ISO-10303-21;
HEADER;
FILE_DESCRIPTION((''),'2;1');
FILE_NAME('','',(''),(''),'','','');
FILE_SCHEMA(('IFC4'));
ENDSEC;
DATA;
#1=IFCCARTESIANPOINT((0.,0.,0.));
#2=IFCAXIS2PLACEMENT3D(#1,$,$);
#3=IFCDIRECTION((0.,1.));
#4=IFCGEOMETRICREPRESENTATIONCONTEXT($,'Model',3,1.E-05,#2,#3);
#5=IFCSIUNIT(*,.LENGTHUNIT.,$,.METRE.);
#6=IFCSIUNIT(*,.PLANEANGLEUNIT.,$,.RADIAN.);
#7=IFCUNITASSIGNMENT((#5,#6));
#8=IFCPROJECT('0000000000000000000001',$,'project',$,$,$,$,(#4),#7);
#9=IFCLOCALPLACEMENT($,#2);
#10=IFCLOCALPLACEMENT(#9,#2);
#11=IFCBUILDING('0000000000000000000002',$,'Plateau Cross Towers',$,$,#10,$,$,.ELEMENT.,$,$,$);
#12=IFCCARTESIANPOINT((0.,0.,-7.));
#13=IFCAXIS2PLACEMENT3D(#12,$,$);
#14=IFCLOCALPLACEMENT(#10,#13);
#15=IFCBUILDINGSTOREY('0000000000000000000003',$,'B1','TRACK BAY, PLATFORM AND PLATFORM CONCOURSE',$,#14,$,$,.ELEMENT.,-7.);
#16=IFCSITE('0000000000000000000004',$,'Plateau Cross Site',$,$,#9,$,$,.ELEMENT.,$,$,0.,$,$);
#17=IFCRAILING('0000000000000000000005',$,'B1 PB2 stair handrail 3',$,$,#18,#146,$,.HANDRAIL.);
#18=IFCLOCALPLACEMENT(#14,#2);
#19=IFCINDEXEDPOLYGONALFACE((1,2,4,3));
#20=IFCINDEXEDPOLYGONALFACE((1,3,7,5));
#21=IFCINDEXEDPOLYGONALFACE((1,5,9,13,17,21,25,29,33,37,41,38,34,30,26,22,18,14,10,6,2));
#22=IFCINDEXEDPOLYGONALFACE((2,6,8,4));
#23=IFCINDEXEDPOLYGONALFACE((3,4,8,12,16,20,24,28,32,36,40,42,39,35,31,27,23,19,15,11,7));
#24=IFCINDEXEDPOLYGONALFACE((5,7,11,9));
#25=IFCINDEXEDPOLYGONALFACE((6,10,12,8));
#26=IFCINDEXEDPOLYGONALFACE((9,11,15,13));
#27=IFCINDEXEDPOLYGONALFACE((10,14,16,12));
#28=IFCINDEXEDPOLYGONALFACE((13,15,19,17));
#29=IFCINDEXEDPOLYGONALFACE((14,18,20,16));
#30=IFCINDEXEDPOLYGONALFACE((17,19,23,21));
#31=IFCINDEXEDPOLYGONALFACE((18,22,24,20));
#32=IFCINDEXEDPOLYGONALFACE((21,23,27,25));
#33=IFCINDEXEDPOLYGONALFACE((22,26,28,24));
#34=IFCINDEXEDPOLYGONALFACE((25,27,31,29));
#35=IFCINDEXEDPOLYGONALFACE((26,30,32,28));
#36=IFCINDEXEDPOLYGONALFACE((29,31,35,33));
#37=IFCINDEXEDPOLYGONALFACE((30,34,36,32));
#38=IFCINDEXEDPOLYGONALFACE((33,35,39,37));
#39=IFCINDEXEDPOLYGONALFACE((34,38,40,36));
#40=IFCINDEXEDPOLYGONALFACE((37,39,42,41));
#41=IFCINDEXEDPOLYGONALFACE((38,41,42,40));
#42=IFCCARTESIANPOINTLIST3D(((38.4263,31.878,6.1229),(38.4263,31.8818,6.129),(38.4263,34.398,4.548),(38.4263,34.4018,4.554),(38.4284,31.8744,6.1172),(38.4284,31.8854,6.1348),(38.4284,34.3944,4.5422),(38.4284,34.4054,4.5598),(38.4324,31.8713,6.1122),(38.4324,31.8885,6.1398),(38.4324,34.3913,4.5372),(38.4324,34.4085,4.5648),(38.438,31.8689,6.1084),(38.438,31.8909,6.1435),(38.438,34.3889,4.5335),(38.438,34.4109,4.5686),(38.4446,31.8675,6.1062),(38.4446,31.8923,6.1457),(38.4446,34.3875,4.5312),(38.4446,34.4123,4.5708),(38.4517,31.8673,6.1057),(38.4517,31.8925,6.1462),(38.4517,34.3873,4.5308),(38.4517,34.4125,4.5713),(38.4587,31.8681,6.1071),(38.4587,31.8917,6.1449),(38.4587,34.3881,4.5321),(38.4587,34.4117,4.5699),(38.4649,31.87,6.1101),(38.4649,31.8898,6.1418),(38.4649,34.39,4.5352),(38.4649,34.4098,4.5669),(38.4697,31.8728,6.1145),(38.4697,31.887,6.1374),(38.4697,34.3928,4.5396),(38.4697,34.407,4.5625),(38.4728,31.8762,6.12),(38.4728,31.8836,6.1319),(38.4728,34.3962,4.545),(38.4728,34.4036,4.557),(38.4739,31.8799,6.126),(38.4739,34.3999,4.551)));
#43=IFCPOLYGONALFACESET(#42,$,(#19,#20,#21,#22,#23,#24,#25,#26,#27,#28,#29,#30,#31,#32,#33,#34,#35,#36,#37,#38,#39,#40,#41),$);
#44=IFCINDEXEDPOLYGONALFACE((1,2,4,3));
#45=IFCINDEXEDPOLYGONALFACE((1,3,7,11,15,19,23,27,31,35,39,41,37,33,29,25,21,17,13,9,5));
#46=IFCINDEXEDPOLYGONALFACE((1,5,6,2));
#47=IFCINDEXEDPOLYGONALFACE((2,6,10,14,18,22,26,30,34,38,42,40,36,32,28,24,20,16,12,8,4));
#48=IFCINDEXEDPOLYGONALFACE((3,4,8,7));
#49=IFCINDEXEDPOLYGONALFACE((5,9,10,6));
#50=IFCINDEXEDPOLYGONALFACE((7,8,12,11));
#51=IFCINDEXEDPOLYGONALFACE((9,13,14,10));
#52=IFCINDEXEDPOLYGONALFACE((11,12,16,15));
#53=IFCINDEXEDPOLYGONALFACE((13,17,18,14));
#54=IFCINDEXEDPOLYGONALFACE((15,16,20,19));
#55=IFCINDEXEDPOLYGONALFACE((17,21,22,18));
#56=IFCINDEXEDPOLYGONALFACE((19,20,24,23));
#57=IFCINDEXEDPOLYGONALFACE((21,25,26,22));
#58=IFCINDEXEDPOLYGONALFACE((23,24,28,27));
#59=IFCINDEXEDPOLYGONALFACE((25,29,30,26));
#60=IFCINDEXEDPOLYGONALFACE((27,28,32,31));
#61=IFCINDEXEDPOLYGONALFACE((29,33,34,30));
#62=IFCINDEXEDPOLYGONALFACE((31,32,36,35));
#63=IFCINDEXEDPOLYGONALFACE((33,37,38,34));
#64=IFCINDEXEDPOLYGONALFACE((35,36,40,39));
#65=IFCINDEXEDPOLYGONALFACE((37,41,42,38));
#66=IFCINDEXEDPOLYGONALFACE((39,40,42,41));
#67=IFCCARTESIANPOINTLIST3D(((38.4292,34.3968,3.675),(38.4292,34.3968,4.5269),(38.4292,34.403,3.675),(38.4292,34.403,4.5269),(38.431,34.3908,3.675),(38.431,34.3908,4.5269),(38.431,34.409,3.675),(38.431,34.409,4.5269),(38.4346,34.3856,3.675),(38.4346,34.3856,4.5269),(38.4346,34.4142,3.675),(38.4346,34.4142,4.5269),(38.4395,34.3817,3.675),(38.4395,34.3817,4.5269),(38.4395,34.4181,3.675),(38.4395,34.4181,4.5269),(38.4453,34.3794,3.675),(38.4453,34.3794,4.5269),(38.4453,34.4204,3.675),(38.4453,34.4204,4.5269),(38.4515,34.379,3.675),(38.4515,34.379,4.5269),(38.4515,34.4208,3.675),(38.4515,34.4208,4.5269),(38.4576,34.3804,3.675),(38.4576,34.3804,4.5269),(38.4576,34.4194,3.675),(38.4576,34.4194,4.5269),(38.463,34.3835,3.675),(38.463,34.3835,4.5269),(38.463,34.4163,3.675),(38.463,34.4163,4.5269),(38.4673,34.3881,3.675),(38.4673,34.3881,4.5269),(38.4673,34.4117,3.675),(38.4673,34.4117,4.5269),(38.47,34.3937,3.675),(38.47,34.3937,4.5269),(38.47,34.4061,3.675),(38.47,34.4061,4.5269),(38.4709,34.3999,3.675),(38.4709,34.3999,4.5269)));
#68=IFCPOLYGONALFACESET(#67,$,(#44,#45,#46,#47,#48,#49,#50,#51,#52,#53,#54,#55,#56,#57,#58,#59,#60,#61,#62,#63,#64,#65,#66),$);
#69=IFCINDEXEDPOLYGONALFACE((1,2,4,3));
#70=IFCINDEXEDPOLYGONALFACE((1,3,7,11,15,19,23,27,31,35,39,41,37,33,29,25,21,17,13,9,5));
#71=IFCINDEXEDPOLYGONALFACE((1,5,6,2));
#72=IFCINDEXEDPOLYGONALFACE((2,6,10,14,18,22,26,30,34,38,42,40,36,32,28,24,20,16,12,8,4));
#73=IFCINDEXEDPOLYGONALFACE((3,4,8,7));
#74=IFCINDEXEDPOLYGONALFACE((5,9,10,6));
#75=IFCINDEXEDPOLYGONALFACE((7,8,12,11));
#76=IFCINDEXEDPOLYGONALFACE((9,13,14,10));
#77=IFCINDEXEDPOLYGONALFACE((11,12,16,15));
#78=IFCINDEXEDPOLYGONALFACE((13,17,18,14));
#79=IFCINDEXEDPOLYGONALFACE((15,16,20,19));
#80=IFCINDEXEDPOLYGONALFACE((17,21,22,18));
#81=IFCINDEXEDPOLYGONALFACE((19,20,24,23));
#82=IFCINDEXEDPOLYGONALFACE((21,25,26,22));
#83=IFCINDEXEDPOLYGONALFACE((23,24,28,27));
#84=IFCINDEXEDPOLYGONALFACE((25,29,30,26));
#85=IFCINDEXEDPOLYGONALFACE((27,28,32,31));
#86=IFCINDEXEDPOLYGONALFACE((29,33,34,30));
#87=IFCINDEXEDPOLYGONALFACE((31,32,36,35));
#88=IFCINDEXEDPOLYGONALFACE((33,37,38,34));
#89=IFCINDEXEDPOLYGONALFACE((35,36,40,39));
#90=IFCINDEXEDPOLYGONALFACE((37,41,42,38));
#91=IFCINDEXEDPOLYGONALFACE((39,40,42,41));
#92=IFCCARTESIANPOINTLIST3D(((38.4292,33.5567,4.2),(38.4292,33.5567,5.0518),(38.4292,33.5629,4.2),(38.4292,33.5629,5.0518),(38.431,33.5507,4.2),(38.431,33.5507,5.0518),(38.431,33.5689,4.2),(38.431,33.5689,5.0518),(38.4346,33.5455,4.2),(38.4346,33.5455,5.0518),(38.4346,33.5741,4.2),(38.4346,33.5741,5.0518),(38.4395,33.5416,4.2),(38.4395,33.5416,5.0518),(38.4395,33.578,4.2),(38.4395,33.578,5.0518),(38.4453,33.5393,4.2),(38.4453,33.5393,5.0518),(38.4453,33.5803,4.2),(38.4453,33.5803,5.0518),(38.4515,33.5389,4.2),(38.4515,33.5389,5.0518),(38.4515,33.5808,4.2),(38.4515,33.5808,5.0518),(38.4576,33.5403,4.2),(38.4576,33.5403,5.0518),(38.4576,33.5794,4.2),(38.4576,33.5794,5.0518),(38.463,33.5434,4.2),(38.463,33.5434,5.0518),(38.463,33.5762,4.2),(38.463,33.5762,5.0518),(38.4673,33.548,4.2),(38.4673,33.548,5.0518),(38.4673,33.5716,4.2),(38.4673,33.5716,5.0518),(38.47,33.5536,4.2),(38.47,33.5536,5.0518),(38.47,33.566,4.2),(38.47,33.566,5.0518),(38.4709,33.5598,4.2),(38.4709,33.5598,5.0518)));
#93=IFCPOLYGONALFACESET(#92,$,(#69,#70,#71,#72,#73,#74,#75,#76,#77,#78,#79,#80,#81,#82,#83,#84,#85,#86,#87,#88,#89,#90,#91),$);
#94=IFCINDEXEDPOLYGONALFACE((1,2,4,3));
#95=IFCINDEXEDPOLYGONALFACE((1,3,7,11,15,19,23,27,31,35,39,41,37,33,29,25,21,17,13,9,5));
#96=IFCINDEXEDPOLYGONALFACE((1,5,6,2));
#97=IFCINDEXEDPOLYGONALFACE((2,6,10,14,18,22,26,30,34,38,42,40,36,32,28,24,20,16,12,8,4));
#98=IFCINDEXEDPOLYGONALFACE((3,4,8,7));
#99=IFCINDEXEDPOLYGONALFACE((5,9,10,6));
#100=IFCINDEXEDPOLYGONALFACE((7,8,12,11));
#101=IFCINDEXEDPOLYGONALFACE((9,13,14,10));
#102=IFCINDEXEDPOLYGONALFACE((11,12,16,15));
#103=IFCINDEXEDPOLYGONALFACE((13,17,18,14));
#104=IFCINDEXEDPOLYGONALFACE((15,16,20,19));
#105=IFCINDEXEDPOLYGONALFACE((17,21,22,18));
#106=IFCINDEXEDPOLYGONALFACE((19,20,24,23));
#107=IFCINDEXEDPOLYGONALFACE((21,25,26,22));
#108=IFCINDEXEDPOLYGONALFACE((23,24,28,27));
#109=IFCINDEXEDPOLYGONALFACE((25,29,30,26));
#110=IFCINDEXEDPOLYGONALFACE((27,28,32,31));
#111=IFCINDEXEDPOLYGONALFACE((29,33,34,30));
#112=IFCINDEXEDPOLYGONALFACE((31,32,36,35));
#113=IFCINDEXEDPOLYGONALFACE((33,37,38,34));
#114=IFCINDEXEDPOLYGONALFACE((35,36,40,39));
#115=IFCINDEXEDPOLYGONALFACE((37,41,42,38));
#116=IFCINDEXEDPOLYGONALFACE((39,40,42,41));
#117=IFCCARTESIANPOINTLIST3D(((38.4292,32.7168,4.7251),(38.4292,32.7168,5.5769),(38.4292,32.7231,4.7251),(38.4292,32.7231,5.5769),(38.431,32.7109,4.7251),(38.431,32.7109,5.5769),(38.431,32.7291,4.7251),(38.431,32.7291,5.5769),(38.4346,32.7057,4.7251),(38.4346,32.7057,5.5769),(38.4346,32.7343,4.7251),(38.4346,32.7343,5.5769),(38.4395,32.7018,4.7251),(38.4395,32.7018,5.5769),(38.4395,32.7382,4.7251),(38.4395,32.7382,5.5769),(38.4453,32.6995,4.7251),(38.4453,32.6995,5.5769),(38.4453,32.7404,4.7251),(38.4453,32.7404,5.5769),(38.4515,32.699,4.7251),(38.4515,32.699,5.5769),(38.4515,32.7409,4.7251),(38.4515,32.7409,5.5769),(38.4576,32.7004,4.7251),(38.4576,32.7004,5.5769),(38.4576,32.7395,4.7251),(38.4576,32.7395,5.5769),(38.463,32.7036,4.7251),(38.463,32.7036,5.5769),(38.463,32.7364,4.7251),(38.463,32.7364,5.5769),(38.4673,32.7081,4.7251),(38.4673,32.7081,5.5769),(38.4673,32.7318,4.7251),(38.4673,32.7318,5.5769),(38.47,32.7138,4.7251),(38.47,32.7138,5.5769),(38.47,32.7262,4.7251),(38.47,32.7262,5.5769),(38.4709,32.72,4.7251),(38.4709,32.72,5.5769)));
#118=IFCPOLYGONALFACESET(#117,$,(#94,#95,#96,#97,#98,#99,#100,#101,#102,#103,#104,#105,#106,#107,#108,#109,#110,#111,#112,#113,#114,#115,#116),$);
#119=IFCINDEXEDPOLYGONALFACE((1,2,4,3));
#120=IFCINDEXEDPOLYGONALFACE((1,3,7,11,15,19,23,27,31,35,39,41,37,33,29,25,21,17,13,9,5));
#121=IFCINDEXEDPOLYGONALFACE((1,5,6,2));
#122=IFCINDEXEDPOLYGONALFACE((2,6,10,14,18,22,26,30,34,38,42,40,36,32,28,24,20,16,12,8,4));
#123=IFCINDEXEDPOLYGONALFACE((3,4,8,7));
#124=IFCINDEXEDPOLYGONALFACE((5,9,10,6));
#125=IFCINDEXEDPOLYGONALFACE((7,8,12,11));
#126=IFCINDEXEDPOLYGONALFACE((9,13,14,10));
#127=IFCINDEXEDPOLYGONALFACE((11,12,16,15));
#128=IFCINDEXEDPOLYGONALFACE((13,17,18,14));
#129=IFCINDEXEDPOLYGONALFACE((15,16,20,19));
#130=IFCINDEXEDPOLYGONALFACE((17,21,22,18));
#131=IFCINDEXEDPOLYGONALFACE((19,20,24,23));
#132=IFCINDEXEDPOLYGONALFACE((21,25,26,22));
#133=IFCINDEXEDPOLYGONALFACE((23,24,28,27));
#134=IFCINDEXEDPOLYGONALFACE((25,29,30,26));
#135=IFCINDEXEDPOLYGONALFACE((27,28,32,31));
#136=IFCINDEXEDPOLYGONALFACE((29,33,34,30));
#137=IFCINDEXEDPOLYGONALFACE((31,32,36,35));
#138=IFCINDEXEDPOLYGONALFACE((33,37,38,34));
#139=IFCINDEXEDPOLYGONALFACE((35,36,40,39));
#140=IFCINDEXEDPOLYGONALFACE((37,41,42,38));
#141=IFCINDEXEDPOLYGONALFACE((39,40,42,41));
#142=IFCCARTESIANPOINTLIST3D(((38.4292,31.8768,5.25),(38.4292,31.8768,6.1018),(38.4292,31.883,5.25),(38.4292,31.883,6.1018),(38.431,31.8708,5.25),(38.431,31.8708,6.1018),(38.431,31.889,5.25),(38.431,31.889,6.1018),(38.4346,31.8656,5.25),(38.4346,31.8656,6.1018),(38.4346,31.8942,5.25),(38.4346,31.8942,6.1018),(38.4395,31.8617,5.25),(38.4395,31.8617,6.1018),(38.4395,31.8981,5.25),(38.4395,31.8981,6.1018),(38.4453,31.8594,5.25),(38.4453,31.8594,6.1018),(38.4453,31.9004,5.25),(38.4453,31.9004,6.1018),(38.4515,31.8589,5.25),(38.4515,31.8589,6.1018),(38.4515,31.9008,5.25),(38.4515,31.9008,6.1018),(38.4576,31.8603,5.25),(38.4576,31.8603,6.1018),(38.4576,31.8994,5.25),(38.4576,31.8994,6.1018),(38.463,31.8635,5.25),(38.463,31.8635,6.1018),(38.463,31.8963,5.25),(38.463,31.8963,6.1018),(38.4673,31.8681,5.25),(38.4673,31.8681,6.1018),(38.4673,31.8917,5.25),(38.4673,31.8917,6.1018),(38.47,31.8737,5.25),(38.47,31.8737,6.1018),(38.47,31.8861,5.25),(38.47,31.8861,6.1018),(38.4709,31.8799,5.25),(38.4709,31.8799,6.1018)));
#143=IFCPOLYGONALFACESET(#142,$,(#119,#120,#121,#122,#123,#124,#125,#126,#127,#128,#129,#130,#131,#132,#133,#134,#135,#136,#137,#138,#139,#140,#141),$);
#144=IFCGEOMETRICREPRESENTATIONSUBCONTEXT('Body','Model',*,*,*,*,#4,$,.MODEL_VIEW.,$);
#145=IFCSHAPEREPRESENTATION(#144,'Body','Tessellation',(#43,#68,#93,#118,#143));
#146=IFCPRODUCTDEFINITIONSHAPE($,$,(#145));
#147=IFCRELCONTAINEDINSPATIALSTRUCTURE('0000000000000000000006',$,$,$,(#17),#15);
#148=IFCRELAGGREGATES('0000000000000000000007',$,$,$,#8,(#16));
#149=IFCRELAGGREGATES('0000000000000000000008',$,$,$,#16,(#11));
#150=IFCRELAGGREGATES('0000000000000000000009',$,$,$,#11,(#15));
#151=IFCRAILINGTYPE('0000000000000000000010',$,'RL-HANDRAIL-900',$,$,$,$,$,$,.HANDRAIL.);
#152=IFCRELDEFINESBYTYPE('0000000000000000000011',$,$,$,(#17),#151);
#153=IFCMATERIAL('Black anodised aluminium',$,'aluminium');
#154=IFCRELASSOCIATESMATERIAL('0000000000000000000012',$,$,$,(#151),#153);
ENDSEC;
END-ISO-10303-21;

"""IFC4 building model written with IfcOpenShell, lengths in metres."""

from ifc_helpers import new_model, si_unit, direction, frame, origin, origin_2d, place, context, subcontext, project, spatial, circle, extrude, material, type_object, element, save


model = new_model("IFC4")

# Units and contexts
model_context = context("Model", 3, precision=1e-05, world=origin(), true_north=direction((0.0, 1.0)))
body_context = subcontext(model_context, "Body", "Model", "MODEL_VIEW")
ifc_project = project(units=[si_unit("LENGTHUNIT", "METRE"), si_unit("PLANEANGLEUNIT", "RADIAN")], contexts=[model_context])

# Site, building, storey
site_placement = place(None, origin())
site = spatial("IfcSite", under=ifc_project, at=site_placement, Name="Plateau Cross Site", CompositionType="ELEMENT", RefElevation=0.0)
building_placement = place(site_placement, origin())
building = spatial("IfcBuilding", under=site, at=building_placement, Name="Plateau Cross Towers", CompositionType="ELEMENT")
storey_placement = place(building_placement, frame((0.0, 0.0, -7.0)))
storey = spatial("IfcBuildingStorey", under=building, at=storey_placement, Name="B1", Description="TRACK BAY, PLATFORM AND PLATFORM CONCOURSE", CompositionType="ELEMENT", Elevation=-7.0)

# Railing
ifc_material_1 = material(Name="Black anodised aluminium", Category="aluminium")
railing_type_1 = type_object("IfcRailingType", Name="RL-HANDRAIL-900", PredefinedType="HANDRAIL", material=ifc_material_1)
railing_1_placement = place(storey_placement, frame((38.45, 34.3999, 3.675)))
element("IfcRailing", 1, at=railing_1_placement, inside=storey, type_object=railing_type_1, Name="B1 PB2 stair handrail 3", PredefinedType="HANDRAIL", context=body_context, shape_type="SweptSolid", body=[
    extrude(circle(Radius=0.0239, at=origin_2d()), frame((0.0, 0.0, 0.876), z_axis=(0.0, -0.848008, 0.529984), x_axis=(1.0, 0.0, 0.0)), (0.0, 0.0, 1.0), 2.9717),
    extrude(circle(Radius=0.021, at=origin_2d()), origin(), (0.0, 0.0, 1.0), 0.8518),
    extrude(circle(Radius=0.021, at=origin_2d()), frame((0.0, -0.8401, 0.5249)), (0.0, 0.0, 1.0), 0.8518),
    extrude(circle(Radius=0.021, at=origin_2d()), frame((0.0, -1.6799, 1.05)), (0.0, 0.0, 1.0), 0.8518),
    extrude(circle(Radius=0.021, at=origin_2d()), frame((0.0, -2.52, 1.575)), (0.0, 0.0, 1.0), 0.8518),
])

save(model, "model.ifc")
